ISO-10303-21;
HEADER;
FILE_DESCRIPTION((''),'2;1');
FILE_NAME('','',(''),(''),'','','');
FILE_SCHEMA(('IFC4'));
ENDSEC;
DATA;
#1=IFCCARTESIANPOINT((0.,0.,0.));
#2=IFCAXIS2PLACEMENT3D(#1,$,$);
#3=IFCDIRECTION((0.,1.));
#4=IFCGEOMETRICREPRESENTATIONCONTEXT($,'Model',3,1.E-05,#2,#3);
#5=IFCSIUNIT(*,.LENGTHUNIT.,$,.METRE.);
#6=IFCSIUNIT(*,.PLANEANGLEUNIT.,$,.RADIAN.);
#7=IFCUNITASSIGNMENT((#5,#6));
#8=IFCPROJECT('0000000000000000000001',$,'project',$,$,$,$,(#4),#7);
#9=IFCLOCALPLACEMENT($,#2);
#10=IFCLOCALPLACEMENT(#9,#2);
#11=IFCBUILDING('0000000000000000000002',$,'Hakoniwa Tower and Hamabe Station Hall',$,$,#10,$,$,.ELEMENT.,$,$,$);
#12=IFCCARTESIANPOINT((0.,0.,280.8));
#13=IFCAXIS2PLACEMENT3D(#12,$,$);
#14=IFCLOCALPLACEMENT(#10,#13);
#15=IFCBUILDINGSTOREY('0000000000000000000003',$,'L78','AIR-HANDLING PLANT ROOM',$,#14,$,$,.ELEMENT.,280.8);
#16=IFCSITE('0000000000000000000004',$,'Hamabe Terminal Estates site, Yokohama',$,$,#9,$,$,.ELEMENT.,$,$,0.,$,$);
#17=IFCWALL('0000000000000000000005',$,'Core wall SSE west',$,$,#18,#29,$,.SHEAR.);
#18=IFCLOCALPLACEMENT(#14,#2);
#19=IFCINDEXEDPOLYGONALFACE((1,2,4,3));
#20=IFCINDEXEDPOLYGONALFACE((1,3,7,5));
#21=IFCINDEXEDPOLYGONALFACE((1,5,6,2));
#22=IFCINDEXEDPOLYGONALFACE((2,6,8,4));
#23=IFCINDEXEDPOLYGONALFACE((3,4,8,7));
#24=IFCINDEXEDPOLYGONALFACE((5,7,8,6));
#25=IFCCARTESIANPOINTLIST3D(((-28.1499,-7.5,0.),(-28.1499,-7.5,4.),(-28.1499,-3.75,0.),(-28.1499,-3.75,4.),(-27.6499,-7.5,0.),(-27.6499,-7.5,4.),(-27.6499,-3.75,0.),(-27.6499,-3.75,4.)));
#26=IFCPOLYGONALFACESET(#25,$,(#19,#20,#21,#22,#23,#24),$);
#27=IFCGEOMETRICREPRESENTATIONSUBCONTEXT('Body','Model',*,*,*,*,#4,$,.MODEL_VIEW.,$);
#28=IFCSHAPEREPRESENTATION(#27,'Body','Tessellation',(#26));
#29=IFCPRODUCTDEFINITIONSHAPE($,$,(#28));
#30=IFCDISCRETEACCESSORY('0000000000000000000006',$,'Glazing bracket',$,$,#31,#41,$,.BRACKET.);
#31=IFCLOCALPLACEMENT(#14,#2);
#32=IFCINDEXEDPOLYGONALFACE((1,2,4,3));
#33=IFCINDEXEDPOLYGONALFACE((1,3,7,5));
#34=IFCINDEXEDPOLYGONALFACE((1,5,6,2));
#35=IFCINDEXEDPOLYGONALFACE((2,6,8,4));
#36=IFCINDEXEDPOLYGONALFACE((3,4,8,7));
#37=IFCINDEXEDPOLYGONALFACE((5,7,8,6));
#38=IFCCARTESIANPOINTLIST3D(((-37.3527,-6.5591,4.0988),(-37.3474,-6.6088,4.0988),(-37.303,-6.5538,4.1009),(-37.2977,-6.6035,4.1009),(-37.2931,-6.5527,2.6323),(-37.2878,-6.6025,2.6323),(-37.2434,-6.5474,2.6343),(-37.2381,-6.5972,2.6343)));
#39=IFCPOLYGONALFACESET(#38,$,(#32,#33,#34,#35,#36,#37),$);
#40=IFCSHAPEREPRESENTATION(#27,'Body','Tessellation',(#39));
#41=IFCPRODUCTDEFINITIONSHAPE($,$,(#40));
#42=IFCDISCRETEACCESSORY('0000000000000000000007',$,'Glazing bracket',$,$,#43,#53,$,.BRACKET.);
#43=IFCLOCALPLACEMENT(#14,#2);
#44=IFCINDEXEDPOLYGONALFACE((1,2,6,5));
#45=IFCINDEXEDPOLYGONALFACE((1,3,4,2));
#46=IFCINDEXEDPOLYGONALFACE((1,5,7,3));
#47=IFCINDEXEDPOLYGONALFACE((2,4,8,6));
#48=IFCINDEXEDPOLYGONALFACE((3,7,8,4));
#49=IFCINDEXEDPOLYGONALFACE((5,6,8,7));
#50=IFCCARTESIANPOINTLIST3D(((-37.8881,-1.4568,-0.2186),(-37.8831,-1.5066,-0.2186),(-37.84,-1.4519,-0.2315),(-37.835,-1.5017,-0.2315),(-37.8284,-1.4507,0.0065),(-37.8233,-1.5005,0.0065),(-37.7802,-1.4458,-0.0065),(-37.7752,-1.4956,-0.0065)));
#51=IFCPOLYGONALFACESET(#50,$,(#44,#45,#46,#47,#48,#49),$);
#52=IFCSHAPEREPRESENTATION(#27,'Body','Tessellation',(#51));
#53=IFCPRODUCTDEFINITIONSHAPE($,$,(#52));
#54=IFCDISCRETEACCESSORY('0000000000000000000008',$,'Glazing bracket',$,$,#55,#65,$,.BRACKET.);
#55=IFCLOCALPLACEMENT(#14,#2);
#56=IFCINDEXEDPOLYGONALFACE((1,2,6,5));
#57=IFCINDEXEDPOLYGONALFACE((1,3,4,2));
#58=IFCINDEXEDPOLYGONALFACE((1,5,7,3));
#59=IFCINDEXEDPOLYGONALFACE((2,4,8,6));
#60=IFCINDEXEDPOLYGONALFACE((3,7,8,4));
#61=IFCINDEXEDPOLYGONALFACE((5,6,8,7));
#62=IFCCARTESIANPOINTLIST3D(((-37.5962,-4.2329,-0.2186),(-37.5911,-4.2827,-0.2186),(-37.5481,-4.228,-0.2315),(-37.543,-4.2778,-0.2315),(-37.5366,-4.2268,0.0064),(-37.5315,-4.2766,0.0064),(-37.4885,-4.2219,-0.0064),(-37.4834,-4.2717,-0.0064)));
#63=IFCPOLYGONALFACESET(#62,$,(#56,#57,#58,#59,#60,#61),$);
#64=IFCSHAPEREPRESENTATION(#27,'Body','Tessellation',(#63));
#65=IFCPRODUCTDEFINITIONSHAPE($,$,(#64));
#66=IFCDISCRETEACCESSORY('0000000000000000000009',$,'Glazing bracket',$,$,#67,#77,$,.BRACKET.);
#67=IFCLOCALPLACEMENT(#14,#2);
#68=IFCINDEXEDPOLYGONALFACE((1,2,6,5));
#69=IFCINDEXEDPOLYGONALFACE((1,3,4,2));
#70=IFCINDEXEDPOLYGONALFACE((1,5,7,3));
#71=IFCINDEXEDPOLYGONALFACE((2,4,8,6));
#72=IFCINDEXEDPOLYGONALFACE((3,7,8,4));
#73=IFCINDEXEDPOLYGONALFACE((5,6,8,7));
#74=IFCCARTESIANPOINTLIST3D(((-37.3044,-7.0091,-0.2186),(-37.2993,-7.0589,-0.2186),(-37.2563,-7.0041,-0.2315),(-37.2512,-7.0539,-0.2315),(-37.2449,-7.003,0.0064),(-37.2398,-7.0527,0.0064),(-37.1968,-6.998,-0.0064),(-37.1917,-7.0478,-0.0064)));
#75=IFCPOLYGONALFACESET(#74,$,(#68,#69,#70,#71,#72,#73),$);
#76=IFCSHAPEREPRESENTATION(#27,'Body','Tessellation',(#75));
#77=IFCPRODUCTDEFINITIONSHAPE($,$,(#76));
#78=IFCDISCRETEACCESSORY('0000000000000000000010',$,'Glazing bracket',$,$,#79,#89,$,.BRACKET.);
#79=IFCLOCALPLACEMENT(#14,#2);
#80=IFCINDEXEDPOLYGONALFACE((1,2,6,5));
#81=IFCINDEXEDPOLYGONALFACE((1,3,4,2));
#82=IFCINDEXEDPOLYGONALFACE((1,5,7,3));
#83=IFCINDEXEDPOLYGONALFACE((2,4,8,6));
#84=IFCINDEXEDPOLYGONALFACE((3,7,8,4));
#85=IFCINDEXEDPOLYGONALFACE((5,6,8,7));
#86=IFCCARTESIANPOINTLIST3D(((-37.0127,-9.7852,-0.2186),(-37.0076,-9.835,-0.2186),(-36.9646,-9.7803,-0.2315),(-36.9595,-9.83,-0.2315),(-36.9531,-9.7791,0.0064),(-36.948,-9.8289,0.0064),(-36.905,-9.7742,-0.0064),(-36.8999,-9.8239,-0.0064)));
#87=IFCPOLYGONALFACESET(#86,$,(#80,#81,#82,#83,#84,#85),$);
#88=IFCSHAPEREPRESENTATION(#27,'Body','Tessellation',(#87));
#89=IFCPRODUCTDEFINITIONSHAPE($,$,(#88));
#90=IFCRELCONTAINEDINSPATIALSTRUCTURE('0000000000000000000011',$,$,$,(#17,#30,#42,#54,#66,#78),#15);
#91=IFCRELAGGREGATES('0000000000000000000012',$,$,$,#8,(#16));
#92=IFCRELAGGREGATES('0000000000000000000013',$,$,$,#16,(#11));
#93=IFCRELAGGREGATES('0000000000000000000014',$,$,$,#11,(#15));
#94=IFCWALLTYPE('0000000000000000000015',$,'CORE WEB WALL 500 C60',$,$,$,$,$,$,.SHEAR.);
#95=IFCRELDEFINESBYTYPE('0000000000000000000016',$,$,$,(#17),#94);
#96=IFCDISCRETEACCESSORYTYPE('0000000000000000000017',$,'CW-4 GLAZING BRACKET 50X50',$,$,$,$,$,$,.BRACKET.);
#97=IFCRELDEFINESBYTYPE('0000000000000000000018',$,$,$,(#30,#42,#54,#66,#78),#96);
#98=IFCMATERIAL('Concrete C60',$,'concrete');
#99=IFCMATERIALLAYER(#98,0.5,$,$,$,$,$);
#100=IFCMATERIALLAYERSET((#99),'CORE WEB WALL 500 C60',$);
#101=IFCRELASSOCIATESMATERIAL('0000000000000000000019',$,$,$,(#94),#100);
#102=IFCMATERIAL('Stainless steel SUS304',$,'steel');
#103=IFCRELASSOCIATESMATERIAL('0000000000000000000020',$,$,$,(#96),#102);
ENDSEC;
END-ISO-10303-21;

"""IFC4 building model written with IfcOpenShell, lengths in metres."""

from ifc_helpers import new_model, si_unit, direction, frame, frame_2d, origin, origin_2d, place, context, subcontext, project, spatial, rectangle, extrude, material, layer, layer_set, material_profile, profile_set, type_object, element, save


model = new_model("IFC4")

# Units and contexts
model_context = context("Model", 3, precision=1e-05, world=origin(), true_north=direction((0.0, 1.0)))
body_context = subcontext(model_context, "Body", "Model", "MODEL_VIEW")
ifc_project = project(units=[si_unit("LENGTHUNIT", "METRE"), si_unit("PLANEANGLEUNIT", "RADIAN")], contexts=[model_context])

# Site, building, storey
site_placement = place(None, origin())
site = spatial("IfcSite", under=ifc_project, at=site_placement, Name="Hamabe Terminal Estates site, Yokohama", CompositionType="ELEMENT", RefElevation=0.0)
building_placement = place(site_placement, origin())
building = spatial("IfcBuilding", under=site, at=building_placement, Name="Hakoniwa Tower and Hamabe Station Hall", CompositionType="ELEMENT")
storey_placement = place(building_placement, frame((0.0, 0.0, 280.8)))
storey = spatial("IfcBuildingStorey", under=building, at=storey_placement, Name="L78", Description="AIR-HANDLING PLANT ROOM", CompositionType="ELEMENT", Elevation=280.8)

# Wall
ifc_material_1 = material(Name="Concrete C60", Category="concrete")
ifc_layer_1 = layer(ifc_material_1, 0.5)
ifc_layer_set_1 = layer_set([ifc_layer_1], Name="CORE WEB WALL 500 C60")
wall_type_1 = type_object("IfcWallType", Name="CORE WEB WALL 500 C60", PredefinedType="SHEAR", material=ifc_layer_set_1)
wall_1_placement = place(storey_placement, frame((-27.8999, -7.5, 0.0), z_axis=(0.0, 0.0, 1.0), x_axis=(0.0, 1.0, 0.0)))
element("IfcWall", 1, at=wall_1_placement, inside=storey, type_object=wall_type_1, Name="Core wall SSE west", PredefinedType="SHEAR", context=body_context, shape_type="SweptSolid", body=[
    extrude(rectangle(XDim=3.75, YDim=0.5, at=frame_2d((1.875, 0.0))), origin(), (0.0, 0.0, 1.0), 4.0),
])

# Discrete accessories
ifc_material_2 = material(Name="Stainless steel SUS304", Category="steel")
ifc_material_profile_1 = material_profile(ifc_material_2, rectangle(XDim=0.05, YDim=0.05, at=origin_2d()), Name="CW-4 GLAZING BRACKET 50X50")
ifc_profile_set_1 = profile_set([ifc_material_profile_1], Name="Stainless steel SUS304")
discrete_accessory_type = type_object("IfcDiscreteAccessoryType", Name="CW-4 GLAZING BRACKET 50X50", PredefinedType="BRACKET", material=ifc_profile_set_1)
discrete_accessory_placement = place(storey_placement, frame((-37.2656, -6.575, 2.6333), z_axis=(-0.040585, -0.004325, 0.999167), x_axis=(0.105958, -0.994371, 0.0)))
element("IfcDiscreteAccessory", 2, at=discrete_accessory_placement, inside=storey, type_object=discrete_accessory_type, Name="Glazing bracket", PredefinedType="BRACKET", context=body_context, shape_type="SweptSolid", body=[
    extrude(rectangle(XDim=0.05, YDim=0.05, at=origin_2d()), origin(), (0.0, 0.0, 1.0), 1.4678),
])
for number, where, z_axis, x_axis, name in (
    (3, (-37.8018, -1.4731, 0.0), (-0.256726, -0.026197, -0.966129), (0.101514, -0.994834, 0.0), "Glazing bracket"),
    (4, (-37.51, -4.2493, 0.0), (-0.255747, -0.026204, -0.966389), (0.101925, -0.994792, 0.0), "Glazing bracket"),
    (5, (-37.2183, -7.0254, 0.0), (-0.255747, -0.026204, -0.966389), (0.101925, -0.994792, 0.0), "Glazing bracket"),
    (6, (-36.9265, -9.8015, 0.0), (-0.255747, -0.026204, -0.966389), (0.101925, -0.994792, 0.0), "Glazing bracket"),
):
    element("IfcDiscreteAccessory", number, at=place(storey_placement, frame(where, z_axis=z_axis, x_axis=x_axis)), inside=storey, type_object=discrete_accessory_type, Name=name, PredefinedType="BRACKET", context=body_context, shape_type="SweptSolid", body=[
        extrude(rectangle(XDim=0.05, YDim=0.05, at=origin_2d()), origin(), (0.0, 0.0, 1.0), 0.2329),
    ])

save(model, "model.ifc")
